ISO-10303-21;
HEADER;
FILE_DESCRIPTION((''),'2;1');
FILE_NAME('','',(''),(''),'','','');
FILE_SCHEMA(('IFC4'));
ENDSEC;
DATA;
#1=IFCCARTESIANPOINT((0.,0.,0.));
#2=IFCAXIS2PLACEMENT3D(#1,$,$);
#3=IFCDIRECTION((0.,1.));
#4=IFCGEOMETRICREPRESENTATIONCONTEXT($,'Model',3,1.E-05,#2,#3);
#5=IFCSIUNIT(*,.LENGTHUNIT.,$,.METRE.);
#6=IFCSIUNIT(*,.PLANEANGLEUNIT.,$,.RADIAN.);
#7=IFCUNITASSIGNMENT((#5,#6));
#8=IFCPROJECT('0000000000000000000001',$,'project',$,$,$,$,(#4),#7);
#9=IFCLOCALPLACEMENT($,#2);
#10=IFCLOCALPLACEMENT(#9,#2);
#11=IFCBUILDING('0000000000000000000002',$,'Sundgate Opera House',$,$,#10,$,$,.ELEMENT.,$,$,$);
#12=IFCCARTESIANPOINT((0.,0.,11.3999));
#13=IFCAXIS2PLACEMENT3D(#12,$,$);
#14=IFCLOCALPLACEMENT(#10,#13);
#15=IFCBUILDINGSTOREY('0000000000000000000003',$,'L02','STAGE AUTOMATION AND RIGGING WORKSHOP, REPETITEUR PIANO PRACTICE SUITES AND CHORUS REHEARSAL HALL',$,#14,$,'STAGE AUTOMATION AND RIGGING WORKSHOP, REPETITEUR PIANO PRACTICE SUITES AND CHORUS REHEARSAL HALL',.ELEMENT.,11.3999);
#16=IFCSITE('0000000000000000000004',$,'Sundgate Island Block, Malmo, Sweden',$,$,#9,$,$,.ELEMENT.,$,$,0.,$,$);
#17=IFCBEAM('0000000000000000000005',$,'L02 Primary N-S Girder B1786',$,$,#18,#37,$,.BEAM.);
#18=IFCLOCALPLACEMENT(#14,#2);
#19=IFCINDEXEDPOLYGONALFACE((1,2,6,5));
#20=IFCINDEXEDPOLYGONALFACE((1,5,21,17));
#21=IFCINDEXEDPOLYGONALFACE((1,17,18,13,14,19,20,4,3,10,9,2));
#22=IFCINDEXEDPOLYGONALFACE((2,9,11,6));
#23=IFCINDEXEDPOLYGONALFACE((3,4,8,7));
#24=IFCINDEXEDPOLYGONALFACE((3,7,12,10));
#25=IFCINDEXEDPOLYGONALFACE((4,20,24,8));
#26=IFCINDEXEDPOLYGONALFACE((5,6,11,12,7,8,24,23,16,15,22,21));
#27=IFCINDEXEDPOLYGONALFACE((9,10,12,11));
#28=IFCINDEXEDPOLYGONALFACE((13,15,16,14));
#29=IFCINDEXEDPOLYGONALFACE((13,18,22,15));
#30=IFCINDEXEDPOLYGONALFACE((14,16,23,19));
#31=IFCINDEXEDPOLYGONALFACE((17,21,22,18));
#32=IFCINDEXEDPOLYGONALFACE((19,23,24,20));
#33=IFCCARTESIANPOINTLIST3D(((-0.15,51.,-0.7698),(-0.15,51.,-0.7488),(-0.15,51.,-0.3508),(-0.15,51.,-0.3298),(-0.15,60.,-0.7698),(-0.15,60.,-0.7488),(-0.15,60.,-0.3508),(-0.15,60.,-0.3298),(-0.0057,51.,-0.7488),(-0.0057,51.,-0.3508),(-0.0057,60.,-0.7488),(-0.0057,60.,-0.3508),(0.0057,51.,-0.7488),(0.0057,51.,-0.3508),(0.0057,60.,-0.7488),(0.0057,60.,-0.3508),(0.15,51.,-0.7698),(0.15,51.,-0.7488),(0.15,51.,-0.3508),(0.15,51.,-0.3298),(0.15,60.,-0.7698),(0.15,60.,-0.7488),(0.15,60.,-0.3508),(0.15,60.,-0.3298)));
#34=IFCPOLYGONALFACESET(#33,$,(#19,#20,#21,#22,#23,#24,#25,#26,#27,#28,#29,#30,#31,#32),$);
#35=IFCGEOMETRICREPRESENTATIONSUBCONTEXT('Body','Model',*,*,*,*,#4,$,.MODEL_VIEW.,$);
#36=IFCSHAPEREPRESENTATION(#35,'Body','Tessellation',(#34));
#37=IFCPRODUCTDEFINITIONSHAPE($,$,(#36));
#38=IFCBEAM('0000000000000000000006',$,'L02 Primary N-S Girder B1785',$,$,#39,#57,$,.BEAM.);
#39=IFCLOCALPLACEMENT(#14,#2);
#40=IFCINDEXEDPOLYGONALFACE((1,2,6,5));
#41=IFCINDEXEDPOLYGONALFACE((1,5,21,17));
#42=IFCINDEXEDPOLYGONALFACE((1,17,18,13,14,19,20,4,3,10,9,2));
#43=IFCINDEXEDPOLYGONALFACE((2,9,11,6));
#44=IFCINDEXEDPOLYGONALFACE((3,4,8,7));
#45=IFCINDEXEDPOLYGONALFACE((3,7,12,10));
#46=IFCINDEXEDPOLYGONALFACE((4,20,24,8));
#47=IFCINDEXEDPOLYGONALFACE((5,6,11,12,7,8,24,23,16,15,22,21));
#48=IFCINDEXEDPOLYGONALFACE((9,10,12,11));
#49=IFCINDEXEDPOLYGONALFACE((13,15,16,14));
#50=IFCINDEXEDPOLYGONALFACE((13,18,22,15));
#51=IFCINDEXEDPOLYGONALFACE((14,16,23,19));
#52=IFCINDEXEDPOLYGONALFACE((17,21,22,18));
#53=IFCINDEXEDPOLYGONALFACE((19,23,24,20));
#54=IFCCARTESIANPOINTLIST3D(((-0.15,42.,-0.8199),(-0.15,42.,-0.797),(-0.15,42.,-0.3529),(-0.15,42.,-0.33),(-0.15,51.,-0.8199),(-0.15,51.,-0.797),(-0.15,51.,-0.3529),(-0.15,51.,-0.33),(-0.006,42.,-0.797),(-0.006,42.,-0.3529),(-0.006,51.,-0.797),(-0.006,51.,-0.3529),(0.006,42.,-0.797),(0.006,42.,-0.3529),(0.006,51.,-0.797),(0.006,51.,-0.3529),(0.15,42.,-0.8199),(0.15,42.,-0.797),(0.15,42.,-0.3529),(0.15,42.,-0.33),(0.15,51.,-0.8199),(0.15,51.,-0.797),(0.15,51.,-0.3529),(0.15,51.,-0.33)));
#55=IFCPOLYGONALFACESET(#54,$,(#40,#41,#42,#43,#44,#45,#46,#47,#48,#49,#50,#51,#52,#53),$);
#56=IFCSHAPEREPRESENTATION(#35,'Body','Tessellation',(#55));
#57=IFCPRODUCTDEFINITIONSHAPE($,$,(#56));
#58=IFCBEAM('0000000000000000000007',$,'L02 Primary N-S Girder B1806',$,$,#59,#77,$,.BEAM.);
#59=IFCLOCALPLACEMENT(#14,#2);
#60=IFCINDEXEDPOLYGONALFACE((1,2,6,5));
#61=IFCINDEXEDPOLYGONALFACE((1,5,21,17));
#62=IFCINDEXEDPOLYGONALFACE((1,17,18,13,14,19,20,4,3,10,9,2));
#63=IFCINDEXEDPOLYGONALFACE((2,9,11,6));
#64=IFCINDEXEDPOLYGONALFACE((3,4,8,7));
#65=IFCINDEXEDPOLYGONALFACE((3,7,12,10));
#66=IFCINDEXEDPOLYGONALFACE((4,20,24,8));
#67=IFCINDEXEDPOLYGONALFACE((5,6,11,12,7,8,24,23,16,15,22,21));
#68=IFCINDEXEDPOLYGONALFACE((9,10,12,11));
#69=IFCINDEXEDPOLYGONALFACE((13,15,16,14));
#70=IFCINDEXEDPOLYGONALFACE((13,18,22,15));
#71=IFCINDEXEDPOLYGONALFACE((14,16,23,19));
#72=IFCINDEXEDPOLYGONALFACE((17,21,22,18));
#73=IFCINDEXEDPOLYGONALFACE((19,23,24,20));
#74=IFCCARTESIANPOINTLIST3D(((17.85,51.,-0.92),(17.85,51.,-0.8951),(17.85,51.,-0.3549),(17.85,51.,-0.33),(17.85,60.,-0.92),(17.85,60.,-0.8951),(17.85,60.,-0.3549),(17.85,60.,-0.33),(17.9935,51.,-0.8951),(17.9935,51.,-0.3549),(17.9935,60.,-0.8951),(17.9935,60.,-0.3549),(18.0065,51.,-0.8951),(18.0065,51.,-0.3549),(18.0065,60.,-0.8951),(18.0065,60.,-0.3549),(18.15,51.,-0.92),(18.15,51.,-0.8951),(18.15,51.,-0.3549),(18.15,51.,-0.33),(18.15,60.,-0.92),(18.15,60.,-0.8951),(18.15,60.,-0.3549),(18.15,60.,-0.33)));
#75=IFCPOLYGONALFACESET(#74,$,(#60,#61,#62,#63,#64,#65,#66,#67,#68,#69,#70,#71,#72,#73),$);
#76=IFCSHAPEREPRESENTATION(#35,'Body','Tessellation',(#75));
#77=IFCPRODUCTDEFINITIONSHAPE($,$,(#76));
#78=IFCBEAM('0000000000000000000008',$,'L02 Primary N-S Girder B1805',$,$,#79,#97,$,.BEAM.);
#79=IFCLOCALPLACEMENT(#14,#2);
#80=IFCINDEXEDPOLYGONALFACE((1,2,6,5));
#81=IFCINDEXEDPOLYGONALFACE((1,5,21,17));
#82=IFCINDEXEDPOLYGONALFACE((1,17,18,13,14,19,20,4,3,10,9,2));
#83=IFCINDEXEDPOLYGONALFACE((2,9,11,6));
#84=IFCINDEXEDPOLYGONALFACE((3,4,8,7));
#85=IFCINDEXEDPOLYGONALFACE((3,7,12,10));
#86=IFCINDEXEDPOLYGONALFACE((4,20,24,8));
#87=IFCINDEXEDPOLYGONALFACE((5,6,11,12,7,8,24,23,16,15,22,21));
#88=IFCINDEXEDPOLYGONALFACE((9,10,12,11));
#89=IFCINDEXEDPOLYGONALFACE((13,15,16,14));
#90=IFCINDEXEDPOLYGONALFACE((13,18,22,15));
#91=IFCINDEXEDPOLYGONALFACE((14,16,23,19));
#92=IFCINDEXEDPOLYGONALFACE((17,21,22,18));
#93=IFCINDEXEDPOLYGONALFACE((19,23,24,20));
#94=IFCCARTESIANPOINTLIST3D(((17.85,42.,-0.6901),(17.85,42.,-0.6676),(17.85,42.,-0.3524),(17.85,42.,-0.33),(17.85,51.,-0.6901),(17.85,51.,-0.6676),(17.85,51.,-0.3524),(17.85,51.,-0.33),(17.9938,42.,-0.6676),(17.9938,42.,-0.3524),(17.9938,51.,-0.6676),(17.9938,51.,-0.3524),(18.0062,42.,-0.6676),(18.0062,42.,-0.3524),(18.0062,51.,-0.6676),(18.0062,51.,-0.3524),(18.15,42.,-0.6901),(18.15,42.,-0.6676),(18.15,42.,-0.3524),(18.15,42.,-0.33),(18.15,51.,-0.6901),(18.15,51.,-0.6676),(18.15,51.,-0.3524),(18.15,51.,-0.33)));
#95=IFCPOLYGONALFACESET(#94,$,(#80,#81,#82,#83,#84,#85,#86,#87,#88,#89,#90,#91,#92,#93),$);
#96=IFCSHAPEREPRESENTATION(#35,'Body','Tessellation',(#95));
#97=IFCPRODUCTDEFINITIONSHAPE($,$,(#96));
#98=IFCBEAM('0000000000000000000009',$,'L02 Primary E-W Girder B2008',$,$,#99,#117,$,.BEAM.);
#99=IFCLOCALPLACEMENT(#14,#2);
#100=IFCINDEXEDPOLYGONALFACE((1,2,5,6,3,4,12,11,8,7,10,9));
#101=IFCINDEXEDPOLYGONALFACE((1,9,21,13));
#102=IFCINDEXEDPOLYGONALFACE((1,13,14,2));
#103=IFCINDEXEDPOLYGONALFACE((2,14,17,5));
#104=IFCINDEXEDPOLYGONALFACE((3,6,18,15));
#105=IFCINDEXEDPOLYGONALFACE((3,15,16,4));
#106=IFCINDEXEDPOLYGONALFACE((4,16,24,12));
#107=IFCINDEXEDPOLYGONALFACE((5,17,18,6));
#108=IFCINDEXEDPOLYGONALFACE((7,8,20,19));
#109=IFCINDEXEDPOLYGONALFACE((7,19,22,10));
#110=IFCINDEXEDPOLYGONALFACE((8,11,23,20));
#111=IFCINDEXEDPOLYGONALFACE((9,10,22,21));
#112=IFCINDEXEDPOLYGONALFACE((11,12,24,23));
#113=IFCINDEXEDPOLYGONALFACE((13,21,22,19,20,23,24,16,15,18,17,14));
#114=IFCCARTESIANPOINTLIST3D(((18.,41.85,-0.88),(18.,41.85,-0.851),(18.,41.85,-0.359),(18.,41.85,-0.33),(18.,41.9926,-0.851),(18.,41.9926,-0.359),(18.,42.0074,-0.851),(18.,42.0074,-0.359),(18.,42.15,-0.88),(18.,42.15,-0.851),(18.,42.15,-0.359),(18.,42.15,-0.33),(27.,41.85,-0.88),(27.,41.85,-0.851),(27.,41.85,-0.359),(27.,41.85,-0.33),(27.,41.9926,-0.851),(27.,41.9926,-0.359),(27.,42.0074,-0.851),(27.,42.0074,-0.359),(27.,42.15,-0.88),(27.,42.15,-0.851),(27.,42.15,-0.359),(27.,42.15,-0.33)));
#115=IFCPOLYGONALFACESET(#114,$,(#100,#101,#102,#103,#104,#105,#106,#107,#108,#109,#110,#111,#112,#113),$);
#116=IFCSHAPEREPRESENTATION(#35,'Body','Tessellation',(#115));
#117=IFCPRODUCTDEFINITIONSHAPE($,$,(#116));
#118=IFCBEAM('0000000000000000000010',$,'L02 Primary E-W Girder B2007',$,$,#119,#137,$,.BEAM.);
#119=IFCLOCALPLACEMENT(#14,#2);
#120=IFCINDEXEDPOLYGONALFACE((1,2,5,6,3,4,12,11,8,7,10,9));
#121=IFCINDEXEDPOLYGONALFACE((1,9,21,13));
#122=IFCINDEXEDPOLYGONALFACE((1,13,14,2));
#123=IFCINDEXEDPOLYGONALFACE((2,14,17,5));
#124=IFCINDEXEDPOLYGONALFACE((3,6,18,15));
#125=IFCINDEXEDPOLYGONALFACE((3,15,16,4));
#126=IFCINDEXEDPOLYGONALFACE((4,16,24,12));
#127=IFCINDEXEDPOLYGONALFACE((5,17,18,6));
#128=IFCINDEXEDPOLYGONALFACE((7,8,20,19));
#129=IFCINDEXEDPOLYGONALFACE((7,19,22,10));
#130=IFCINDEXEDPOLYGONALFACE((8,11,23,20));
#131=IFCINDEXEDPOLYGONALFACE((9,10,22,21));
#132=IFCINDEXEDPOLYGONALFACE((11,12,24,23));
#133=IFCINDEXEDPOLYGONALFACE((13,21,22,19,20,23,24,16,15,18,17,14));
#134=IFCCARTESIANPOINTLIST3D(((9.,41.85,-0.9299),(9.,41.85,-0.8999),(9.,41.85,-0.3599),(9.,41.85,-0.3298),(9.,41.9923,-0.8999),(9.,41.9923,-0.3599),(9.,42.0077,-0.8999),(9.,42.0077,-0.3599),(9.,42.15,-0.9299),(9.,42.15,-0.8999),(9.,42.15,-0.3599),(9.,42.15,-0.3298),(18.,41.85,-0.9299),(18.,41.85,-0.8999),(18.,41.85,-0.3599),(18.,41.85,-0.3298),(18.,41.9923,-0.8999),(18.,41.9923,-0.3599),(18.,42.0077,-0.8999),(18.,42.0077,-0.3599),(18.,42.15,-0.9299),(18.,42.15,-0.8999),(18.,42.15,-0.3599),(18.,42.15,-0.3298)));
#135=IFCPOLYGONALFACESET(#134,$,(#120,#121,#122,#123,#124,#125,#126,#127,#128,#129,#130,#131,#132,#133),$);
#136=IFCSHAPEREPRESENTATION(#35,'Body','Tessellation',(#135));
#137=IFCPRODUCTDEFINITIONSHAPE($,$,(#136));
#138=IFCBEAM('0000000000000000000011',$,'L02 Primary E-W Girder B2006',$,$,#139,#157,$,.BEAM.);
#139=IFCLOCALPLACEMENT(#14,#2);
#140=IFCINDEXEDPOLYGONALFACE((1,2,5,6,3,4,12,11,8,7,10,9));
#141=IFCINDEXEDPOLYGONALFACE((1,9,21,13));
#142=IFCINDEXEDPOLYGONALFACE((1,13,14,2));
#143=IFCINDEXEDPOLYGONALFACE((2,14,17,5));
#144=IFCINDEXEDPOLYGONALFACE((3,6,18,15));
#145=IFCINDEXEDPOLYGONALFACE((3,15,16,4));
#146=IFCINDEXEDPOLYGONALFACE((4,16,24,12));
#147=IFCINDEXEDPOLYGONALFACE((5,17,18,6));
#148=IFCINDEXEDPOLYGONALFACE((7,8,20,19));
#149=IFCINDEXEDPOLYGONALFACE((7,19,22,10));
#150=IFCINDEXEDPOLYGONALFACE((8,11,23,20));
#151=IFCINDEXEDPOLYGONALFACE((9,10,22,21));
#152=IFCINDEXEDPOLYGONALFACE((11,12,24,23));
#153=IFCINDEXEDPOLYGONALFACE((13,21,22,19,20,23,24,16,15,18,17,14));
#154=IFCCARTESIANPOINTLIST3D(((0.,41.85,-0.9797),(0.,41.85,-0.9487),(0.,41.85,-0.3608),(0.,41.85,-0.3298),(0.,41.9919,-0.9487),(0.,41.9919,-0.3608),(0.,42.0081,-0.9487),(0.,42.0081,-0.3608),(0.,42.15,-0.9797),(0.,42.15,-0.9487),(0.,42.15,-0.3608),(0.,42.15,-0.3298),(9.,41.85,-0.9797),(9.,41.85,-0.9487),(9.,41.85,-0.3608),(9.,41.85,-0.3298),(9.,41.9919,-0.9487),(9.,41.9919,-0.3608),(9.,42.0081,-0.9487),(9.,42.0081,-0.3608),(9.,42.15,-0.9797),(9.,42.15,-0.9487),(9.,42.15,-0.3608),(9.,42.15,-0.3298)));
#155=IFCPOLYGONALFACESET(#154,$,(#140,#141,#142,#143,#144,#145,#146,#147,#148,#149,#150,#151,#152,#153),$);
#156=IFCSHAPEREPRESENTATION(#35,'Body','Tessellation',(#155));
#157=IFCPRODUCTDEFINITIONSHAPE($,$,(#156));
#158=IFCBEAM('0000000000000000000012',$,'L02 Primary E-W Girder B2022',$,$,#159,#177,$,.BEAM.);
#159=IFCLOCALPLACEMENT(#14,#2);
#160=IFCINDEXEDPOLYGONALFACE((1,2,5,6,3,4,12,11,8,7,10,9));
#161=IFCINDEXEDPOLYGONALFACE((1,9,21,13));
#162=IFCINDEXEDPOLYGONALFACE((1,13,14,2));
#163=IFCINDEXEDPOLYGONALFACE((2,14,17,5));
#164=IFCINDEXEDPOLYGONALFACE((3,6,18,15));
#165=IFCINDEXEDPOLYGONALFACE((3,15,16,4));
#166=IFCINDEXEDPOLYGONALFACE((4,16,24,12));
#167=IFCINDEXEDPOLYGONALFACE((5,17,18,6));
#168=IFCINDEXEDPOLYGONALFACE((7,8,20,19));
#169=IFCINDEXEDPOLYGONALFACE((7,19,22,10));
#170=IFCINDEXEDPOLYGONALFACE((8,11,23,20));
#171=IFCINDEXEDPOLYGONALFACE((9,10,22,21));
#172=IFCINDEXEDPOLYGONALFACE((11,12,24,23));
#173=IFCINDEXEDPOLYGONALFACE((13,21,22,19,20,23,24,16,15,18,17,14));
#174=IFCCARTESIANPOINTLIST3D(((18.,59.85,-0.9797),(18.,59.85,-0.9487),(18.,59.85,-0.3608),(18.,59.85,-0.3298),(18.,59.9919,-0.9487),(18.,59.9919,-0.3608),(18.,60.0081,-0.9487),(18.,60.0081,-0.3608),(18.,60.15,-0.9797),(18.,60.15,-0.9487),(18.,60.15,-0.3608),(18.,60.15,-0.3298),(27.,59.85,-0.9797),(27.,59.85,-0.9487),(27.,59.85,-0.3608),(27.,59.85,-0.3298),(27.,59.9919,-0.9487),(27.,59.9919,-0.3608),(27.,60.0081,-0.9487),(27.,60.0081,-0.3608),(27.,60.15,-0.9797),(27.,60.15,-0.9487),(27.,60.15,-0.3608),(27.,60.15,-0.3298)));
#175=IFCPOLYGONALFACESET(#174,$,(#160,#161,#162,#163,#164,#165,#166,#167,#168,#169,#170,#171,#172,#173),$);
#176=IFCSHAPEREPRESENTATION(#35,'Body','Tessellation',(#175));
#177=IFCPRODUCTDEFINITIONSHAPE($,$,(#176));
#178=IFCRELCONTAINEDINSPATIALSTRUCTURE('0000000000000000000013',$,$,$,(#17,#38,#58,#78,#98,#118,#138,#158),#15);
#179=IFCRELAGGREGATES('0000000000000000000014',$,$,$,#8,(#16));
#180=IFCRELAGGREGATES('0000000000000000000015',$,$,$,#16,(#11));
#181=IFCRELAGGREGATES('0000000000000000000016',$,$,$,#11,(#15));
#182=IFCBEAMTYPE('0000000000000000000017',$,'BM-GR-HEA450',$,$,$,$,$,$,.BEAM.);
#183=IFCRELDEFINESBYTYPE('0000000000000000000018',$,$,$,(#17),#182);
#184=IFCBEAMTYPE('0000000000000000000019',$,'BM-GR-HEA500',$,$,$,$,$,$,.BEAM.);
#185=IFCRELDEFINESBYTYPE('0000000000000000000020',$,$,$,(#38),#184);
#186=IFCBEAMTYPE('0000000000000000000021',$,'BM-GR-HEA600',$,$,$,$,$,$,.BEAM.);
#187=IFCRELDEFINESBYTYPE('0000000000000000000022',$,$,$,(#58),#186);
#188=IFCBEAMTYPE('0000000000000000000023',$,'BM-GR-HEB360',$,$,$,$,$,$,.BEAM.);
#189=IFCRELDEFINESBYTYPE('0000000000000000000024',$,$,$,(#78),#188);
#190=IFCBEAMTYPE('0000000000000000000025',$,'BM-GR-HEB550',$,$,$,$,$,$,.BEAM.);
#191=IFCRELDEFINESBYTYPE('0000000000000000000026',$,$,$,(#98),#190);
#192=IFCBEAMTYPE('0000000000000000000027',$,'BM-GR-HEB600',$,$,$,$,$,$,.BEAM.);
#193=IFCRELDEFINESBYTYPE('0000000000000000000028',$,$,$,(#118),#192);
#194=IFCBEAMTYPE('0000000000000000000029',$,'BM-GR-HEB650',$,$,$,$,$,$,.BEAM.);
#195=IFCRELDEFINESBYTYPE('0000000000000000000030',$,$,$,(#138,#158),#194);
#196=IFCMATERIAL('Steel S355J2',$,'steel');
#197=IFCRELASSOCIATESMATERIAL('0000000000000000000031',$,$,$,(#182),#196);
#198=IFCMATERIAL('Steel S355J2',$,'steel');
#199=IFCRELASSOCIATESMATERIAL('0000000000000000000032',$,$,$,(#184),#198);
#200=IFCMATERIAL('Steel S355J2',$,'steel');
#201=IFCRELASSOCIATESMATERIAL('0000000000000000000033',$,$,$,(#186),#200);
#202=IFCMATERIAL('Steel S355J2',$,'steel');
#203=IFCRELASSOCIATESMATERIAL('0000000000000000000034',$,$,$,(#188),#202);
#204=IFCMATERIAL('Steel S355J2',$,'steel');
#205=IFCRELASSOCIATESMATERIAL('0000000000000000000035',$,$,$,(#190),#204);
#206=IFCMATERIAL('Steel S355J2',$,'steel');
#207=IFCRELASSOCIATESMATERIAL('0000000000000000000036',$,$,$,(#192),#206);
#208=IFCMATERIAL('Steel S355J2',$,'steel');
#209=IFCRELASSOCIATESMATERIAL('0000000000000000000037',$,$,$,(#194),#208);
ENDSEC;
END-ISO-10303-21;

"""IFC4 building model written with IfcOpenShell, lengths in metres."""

from ifc_helpers import new_model, si_unit, direction, frame, origin, origin_2d, place, context, subcontext, project, spatial, i_section, extrude, material, material_profile, profile_set, type_object, element, save


model = new_model("IFC4")

# Units and contexts
model_context = context("Model", 3, precision=1e-05, world=origin(), true_north=direction((0.0, 1.0)))
body_context = subcontext(model_context, "Body", "Model", "MODEL_VIEW")
ifc_project = project(units=[si_unit("LENGTHUNIT", "METRE"), si_unit("PLANEANGLEUNIT", "RADIAN")], contexts=[model_context])

# Site, building, storey
site_placement = place(None, origin())
site = spatial("IfcSite", under=ifc_project, at=site_placement, Name="Sundgate Island Block, Malmo, Sweden", CompositionType="ELEMENT", RefElevation=0.0)
building_placement = place(site_placement, origin())
building = spatial("IfcBuilding", under=site, at=building_placement, Name="Sundgate Opera House", CompositionType="ELEMENT")
storey_placement = place(building_placement, frame((0.0, 0.0, 11.3999)))
storey = spatial("IfcBuildingStorey", under=building, at=storey_placement, Name="L02", Description="STAGE AUTOMATION AND RIGGING WORKSHOP, REPETITEUR PIANO PRACTICE SUITES AND CHORUS REHEARSAL HALL", LongName="STAGE AUTOMATION AND RIGGING WORKSHOP, REPETITEUR PIANO PRACTICE SUITES AND CHORUS REHEARSAL HALL", CompositionType="ELEMENT", Elevation=11.3999)

# Beams
ifc_material_1 = material(Name="Steel S355J2", Category="steel")
ifc_material_profile_1 = material_profile(ifc_material_1, i_section(OverallWidth=0.3, OverallDepth=0.4399, WebThickness=0.0115, FlangeThickness=0.021, at=origin_2d()), Name="HEA 450")
ifc_profile_set_1 = profile_set([ifc_material_profile_1], Name="Steel S355J2")
beam_type_1 = type_object("IfcBeamType", Name="BM-GR-HEA450", PredefinedType="BEAM", material=ifc_profile_set_1)
beam_1_placement = place(storey_placement, frame((0.0, 51.0, -0.5498), z_axis=(0.0, 1.0, 0.0), x_axis=(-1.0, 0.0, 0.0)))
element("IfcBeam", 1, at=beam_1_placement, inside=storey, type_object=beam_type_1, Name="L02 Primary N-S Girder B1786", PredefinedType="BEAM", context=body_context, shape_type="SweptSolid", body=[
    extrude(i_section(OverallWidth=0.3, OverallDepth=0.4399, WebThickness=0.0115, FlangeThickness=0.021, at=origin_2d()), origin(), (0.0, 0.0, 1.0), 9.0),
])
ifc_material_2 = material(Name="Steel S355J2", Category="steel")
ifc_material_profile_2 = material_profile(ifc_material_2, i_section(OverallWidth=0.3, OverallDepth=0.49, WebThickness=0.012, FlangeThickness=0.0229, at=origin_2d()), Name="HEA 500")
ifc_profile_set_2 = profile_set([ifc_material_profile_2], Name="Steel S355J2")
beam_type_2 = type_object("IfcBeamType", Name="BM-GR-HEA500", PredefinedType="BEAM", material=ifc_profile_set_2)
beam_2_placement = place(storey_placement, frame((0.0, 42.0, -0.575), z_axis=(0.0, 1.0, 0.0), x_axis=(-1.0, 0.0, 0.0)))
element("IfcBeam", 2, at=beam_2_placement, inside=storey, type_object=beam_type_2, Name="L02 Primary N-S Girder B1785", PredefinedType="BEAM", context=body_context, shape_type="SweptSolid", body=[
    extrude(i_section(OverallWidth=0.3, OverallDepth=0.49, WebThickness=0.012, FlangeThickness=0.0229, at=origin_2d()), origin(), (0.0, 0.0, 1.0), 9.0),
])
ifc_material_3 = material(Name="Steel S355J2", Category="steel")
ifc_material_profile_3 = material_profile(ifc_material_3, i_section(OverallWidth=0.3, OverallDepth=0.5901, WebThickness=0.0129, FlangeThickness=0.0249, at=origin_2d()), Name="HEA 600")
ifc_profile_set_3 = profile_set([ifc_material_profile_3], Name="Steel S355J2")
beam_type_3 = type_object("IfcBeamType", Name="BM-GR-HEA600", PredefinedType="BEAM", material=ifc_profile_set_3)
beam_3_placement = place(storey_placement, frame((18.0, 51.0, -0.625), z_axis=(0.0, 1.0, 0.0), x_axis=(-1.0, 0.0, 0.0)))
element("IfcBeam", 3, at=beam_3_placement, inside=storey, type_object=beam_type_3, Name="L02 Primary N-S Girder B1806", PredefinedType="BEAM", context=body_context, shape_type="SweptSolid", body=[
    extrude(i_section(OverallWidth=0.3, OverallDepth=0.5901, WebThickness=0.0129, FlangeThickness=0.0249, at=origin_2d()), origin(), (0.0, 0.0, 1.0), 9.0),
])
ifc_material_4 = material(Name="Steel S355J2", Category="steel")
ifc_material_profile_4 = material_profile(ifc_material_4, i_section(OverallWidth=0.3, OverallDepth=0.3601, WebThickness=0.0125, FlangeThickness=0.0225, at=origin_2d()), Name="HEB 360")
ifc_profile_set_4 = profile_set([ifc_material_profile_4], Name="Steel S355J2")
beam_type_4 = type_object("IfcBeamType", Name="BM-GR-HEB360", PredefinedType="BEAM", material=ifc_profile_set_4)
beam_4_placement = place(storey_placement, frame((18.0, 42.0, -0.51), z_axis=(0.0, 1.0, 0.0), x_axis=(-1.0, 0.0, 0.0)))
element("IfcBeam", 4, at=beam_4_placement, inside=storey, type_object=beam_type_4, Name="L02 Primary N-S Girder B1805", PredefinedType="BEAM", context=body_context, shape_type="SweptSolid", body=[
    extrude(i_section(OverallWidth=0.3, OverallDepth=0.3601, WebThickness=0.0125, FlangeThickness=0.0225, at=origin_2d()), origin(), (0.0, 0.0, 1.0), 9.0),
])
ifc_material_5 = material(Name="Steel S355J2", Category="steel")
ifc_material_profile_5 = material_profile(ifc_material_5, i_section(OverallWidth=0.3, OverallDepth=0.55, WebThickness=0.0149, FlangeThickness=0.0291, at=origin_2d()), Name="HEB 550")
ifc_profile_set_5 = profile_set([ifc_material_profile_5], Name="Steel S355J2")
beam_type_5 = type_object("IfcBeamType", Name="BM-GR-HEB550", PredefinedType="BEAM", material=ifc_profile_set_5)
beam_5_placement = place(storey_placement, frame((18.0, 42.0, -0.605), z_axis=(1.0, 0.0, 0.0), x_axis=(0.0, 1.0, 0.0)))
element("IfcBeam", 5, at=beam_5_placement, inside=storey, type_object=beam_type_5, Name="L02 Primary E-W Girder B2008", PredefinedType="BEAM", context=body_context, shape_type="SweptSolid", body=[
    extrude(i_section(OverallWidth=0.3, OverallDepth=0.55, WebThickness=0.0149, FlangeThickness=0.0291, at=origin_2d()), origin(), (0.0, 0.0, 1.0), 9.0),
])
ifc_material_6 = material(Name="Steel S355J2", Category="steel")
ifc_material_profile_6 = material_profile(ifc_material_6, i_section(OverallWidth=0.3, OverallDepth=0.6001, WebThickness=0.0154, FlangeThickness=0.03, at=origin_2d()), Name="HEB 600")
ifc_profile_set_6 = profile_set([ifc_material_profile_6], Name="Steel S355J2")
beam_type_6 = type_object("IfcBeamType", Name="BM-GR-HEB600", PredefinedType="BEAM", material=ifc_profile_set_6)
beam_6_placement = place(storey_placement, frame((9.0, 42.0, -0.6299), z_axis=(1.0, 0.0, 0.0), x_axis=(0.0, 1.0, 0.0)))
element("IfcBeam", 6, at=beam_6_placement, inside=storey, type_object=beam_type_6, Name="L02 Primary E-W Girder B2007", PredefinedType="BEAM", context=body_context, shape_type="SweptSolid", body=[
    extrude(i_section(OverallWidth=0.3, OverallDepth=0.6001, WebThickness=0.0154, FlangeThickness=0.03, at=origin_2d()), origin(), (0.0, 0.0, 1.0), 9.0),
])
ifc_material_7 = material(Name="Steel S355J2", Category="steel")
ifc_material_profile_7 = material_profile(ifc_material_7, i_section(OverallWidth=0.3, OverallDepth=0.6499, WebThickness=0.0161, FlangeThickness=0.031, at=origin_2d()), Name="HEB 650")
ifc_profile_set_7 = profile_set([ifc_material_profile_7], Name="Steel S355J2")
beam_type_7 = type_object("IfcBeamType", Name="BM-GR-HEB650", PredefinedType="BEAM", material=ifc_profile_set_7)
for number, where, z_axis, x_axis, name in (
    (7, (0.0, 42.0, -0.6548), (1.0, 0.0, 0.0), (0.0, 1.0, 0.0), "L02 Primary E-W Girder B2006"),
    (8, (18.0, 60.0, -0.6548), (1.0, 0.0, 0.0), (0.0, 1.0, 0.0), "L02 Primary E-W Girder B2022"),
):
    element("IfcBeam", number, at=place(storey_placement, frame(where, z_axis=z_axis, x_axis=x_axis)), inside=storey, type_object=beam_type_7, Name=name, PredefinedType="BEAM", context=body_context, shape_type="SweptSolid", body=[
        extrude(i_section(OverallWidth=0.3, OverallDepth=0.6499, WebThickness=0.0161, FlangeThickness=0.031, at=origin_2d()), origin(), (0.0, 0.0, 1.0), 9.0),
    ])

save(model, "model.ifc")
